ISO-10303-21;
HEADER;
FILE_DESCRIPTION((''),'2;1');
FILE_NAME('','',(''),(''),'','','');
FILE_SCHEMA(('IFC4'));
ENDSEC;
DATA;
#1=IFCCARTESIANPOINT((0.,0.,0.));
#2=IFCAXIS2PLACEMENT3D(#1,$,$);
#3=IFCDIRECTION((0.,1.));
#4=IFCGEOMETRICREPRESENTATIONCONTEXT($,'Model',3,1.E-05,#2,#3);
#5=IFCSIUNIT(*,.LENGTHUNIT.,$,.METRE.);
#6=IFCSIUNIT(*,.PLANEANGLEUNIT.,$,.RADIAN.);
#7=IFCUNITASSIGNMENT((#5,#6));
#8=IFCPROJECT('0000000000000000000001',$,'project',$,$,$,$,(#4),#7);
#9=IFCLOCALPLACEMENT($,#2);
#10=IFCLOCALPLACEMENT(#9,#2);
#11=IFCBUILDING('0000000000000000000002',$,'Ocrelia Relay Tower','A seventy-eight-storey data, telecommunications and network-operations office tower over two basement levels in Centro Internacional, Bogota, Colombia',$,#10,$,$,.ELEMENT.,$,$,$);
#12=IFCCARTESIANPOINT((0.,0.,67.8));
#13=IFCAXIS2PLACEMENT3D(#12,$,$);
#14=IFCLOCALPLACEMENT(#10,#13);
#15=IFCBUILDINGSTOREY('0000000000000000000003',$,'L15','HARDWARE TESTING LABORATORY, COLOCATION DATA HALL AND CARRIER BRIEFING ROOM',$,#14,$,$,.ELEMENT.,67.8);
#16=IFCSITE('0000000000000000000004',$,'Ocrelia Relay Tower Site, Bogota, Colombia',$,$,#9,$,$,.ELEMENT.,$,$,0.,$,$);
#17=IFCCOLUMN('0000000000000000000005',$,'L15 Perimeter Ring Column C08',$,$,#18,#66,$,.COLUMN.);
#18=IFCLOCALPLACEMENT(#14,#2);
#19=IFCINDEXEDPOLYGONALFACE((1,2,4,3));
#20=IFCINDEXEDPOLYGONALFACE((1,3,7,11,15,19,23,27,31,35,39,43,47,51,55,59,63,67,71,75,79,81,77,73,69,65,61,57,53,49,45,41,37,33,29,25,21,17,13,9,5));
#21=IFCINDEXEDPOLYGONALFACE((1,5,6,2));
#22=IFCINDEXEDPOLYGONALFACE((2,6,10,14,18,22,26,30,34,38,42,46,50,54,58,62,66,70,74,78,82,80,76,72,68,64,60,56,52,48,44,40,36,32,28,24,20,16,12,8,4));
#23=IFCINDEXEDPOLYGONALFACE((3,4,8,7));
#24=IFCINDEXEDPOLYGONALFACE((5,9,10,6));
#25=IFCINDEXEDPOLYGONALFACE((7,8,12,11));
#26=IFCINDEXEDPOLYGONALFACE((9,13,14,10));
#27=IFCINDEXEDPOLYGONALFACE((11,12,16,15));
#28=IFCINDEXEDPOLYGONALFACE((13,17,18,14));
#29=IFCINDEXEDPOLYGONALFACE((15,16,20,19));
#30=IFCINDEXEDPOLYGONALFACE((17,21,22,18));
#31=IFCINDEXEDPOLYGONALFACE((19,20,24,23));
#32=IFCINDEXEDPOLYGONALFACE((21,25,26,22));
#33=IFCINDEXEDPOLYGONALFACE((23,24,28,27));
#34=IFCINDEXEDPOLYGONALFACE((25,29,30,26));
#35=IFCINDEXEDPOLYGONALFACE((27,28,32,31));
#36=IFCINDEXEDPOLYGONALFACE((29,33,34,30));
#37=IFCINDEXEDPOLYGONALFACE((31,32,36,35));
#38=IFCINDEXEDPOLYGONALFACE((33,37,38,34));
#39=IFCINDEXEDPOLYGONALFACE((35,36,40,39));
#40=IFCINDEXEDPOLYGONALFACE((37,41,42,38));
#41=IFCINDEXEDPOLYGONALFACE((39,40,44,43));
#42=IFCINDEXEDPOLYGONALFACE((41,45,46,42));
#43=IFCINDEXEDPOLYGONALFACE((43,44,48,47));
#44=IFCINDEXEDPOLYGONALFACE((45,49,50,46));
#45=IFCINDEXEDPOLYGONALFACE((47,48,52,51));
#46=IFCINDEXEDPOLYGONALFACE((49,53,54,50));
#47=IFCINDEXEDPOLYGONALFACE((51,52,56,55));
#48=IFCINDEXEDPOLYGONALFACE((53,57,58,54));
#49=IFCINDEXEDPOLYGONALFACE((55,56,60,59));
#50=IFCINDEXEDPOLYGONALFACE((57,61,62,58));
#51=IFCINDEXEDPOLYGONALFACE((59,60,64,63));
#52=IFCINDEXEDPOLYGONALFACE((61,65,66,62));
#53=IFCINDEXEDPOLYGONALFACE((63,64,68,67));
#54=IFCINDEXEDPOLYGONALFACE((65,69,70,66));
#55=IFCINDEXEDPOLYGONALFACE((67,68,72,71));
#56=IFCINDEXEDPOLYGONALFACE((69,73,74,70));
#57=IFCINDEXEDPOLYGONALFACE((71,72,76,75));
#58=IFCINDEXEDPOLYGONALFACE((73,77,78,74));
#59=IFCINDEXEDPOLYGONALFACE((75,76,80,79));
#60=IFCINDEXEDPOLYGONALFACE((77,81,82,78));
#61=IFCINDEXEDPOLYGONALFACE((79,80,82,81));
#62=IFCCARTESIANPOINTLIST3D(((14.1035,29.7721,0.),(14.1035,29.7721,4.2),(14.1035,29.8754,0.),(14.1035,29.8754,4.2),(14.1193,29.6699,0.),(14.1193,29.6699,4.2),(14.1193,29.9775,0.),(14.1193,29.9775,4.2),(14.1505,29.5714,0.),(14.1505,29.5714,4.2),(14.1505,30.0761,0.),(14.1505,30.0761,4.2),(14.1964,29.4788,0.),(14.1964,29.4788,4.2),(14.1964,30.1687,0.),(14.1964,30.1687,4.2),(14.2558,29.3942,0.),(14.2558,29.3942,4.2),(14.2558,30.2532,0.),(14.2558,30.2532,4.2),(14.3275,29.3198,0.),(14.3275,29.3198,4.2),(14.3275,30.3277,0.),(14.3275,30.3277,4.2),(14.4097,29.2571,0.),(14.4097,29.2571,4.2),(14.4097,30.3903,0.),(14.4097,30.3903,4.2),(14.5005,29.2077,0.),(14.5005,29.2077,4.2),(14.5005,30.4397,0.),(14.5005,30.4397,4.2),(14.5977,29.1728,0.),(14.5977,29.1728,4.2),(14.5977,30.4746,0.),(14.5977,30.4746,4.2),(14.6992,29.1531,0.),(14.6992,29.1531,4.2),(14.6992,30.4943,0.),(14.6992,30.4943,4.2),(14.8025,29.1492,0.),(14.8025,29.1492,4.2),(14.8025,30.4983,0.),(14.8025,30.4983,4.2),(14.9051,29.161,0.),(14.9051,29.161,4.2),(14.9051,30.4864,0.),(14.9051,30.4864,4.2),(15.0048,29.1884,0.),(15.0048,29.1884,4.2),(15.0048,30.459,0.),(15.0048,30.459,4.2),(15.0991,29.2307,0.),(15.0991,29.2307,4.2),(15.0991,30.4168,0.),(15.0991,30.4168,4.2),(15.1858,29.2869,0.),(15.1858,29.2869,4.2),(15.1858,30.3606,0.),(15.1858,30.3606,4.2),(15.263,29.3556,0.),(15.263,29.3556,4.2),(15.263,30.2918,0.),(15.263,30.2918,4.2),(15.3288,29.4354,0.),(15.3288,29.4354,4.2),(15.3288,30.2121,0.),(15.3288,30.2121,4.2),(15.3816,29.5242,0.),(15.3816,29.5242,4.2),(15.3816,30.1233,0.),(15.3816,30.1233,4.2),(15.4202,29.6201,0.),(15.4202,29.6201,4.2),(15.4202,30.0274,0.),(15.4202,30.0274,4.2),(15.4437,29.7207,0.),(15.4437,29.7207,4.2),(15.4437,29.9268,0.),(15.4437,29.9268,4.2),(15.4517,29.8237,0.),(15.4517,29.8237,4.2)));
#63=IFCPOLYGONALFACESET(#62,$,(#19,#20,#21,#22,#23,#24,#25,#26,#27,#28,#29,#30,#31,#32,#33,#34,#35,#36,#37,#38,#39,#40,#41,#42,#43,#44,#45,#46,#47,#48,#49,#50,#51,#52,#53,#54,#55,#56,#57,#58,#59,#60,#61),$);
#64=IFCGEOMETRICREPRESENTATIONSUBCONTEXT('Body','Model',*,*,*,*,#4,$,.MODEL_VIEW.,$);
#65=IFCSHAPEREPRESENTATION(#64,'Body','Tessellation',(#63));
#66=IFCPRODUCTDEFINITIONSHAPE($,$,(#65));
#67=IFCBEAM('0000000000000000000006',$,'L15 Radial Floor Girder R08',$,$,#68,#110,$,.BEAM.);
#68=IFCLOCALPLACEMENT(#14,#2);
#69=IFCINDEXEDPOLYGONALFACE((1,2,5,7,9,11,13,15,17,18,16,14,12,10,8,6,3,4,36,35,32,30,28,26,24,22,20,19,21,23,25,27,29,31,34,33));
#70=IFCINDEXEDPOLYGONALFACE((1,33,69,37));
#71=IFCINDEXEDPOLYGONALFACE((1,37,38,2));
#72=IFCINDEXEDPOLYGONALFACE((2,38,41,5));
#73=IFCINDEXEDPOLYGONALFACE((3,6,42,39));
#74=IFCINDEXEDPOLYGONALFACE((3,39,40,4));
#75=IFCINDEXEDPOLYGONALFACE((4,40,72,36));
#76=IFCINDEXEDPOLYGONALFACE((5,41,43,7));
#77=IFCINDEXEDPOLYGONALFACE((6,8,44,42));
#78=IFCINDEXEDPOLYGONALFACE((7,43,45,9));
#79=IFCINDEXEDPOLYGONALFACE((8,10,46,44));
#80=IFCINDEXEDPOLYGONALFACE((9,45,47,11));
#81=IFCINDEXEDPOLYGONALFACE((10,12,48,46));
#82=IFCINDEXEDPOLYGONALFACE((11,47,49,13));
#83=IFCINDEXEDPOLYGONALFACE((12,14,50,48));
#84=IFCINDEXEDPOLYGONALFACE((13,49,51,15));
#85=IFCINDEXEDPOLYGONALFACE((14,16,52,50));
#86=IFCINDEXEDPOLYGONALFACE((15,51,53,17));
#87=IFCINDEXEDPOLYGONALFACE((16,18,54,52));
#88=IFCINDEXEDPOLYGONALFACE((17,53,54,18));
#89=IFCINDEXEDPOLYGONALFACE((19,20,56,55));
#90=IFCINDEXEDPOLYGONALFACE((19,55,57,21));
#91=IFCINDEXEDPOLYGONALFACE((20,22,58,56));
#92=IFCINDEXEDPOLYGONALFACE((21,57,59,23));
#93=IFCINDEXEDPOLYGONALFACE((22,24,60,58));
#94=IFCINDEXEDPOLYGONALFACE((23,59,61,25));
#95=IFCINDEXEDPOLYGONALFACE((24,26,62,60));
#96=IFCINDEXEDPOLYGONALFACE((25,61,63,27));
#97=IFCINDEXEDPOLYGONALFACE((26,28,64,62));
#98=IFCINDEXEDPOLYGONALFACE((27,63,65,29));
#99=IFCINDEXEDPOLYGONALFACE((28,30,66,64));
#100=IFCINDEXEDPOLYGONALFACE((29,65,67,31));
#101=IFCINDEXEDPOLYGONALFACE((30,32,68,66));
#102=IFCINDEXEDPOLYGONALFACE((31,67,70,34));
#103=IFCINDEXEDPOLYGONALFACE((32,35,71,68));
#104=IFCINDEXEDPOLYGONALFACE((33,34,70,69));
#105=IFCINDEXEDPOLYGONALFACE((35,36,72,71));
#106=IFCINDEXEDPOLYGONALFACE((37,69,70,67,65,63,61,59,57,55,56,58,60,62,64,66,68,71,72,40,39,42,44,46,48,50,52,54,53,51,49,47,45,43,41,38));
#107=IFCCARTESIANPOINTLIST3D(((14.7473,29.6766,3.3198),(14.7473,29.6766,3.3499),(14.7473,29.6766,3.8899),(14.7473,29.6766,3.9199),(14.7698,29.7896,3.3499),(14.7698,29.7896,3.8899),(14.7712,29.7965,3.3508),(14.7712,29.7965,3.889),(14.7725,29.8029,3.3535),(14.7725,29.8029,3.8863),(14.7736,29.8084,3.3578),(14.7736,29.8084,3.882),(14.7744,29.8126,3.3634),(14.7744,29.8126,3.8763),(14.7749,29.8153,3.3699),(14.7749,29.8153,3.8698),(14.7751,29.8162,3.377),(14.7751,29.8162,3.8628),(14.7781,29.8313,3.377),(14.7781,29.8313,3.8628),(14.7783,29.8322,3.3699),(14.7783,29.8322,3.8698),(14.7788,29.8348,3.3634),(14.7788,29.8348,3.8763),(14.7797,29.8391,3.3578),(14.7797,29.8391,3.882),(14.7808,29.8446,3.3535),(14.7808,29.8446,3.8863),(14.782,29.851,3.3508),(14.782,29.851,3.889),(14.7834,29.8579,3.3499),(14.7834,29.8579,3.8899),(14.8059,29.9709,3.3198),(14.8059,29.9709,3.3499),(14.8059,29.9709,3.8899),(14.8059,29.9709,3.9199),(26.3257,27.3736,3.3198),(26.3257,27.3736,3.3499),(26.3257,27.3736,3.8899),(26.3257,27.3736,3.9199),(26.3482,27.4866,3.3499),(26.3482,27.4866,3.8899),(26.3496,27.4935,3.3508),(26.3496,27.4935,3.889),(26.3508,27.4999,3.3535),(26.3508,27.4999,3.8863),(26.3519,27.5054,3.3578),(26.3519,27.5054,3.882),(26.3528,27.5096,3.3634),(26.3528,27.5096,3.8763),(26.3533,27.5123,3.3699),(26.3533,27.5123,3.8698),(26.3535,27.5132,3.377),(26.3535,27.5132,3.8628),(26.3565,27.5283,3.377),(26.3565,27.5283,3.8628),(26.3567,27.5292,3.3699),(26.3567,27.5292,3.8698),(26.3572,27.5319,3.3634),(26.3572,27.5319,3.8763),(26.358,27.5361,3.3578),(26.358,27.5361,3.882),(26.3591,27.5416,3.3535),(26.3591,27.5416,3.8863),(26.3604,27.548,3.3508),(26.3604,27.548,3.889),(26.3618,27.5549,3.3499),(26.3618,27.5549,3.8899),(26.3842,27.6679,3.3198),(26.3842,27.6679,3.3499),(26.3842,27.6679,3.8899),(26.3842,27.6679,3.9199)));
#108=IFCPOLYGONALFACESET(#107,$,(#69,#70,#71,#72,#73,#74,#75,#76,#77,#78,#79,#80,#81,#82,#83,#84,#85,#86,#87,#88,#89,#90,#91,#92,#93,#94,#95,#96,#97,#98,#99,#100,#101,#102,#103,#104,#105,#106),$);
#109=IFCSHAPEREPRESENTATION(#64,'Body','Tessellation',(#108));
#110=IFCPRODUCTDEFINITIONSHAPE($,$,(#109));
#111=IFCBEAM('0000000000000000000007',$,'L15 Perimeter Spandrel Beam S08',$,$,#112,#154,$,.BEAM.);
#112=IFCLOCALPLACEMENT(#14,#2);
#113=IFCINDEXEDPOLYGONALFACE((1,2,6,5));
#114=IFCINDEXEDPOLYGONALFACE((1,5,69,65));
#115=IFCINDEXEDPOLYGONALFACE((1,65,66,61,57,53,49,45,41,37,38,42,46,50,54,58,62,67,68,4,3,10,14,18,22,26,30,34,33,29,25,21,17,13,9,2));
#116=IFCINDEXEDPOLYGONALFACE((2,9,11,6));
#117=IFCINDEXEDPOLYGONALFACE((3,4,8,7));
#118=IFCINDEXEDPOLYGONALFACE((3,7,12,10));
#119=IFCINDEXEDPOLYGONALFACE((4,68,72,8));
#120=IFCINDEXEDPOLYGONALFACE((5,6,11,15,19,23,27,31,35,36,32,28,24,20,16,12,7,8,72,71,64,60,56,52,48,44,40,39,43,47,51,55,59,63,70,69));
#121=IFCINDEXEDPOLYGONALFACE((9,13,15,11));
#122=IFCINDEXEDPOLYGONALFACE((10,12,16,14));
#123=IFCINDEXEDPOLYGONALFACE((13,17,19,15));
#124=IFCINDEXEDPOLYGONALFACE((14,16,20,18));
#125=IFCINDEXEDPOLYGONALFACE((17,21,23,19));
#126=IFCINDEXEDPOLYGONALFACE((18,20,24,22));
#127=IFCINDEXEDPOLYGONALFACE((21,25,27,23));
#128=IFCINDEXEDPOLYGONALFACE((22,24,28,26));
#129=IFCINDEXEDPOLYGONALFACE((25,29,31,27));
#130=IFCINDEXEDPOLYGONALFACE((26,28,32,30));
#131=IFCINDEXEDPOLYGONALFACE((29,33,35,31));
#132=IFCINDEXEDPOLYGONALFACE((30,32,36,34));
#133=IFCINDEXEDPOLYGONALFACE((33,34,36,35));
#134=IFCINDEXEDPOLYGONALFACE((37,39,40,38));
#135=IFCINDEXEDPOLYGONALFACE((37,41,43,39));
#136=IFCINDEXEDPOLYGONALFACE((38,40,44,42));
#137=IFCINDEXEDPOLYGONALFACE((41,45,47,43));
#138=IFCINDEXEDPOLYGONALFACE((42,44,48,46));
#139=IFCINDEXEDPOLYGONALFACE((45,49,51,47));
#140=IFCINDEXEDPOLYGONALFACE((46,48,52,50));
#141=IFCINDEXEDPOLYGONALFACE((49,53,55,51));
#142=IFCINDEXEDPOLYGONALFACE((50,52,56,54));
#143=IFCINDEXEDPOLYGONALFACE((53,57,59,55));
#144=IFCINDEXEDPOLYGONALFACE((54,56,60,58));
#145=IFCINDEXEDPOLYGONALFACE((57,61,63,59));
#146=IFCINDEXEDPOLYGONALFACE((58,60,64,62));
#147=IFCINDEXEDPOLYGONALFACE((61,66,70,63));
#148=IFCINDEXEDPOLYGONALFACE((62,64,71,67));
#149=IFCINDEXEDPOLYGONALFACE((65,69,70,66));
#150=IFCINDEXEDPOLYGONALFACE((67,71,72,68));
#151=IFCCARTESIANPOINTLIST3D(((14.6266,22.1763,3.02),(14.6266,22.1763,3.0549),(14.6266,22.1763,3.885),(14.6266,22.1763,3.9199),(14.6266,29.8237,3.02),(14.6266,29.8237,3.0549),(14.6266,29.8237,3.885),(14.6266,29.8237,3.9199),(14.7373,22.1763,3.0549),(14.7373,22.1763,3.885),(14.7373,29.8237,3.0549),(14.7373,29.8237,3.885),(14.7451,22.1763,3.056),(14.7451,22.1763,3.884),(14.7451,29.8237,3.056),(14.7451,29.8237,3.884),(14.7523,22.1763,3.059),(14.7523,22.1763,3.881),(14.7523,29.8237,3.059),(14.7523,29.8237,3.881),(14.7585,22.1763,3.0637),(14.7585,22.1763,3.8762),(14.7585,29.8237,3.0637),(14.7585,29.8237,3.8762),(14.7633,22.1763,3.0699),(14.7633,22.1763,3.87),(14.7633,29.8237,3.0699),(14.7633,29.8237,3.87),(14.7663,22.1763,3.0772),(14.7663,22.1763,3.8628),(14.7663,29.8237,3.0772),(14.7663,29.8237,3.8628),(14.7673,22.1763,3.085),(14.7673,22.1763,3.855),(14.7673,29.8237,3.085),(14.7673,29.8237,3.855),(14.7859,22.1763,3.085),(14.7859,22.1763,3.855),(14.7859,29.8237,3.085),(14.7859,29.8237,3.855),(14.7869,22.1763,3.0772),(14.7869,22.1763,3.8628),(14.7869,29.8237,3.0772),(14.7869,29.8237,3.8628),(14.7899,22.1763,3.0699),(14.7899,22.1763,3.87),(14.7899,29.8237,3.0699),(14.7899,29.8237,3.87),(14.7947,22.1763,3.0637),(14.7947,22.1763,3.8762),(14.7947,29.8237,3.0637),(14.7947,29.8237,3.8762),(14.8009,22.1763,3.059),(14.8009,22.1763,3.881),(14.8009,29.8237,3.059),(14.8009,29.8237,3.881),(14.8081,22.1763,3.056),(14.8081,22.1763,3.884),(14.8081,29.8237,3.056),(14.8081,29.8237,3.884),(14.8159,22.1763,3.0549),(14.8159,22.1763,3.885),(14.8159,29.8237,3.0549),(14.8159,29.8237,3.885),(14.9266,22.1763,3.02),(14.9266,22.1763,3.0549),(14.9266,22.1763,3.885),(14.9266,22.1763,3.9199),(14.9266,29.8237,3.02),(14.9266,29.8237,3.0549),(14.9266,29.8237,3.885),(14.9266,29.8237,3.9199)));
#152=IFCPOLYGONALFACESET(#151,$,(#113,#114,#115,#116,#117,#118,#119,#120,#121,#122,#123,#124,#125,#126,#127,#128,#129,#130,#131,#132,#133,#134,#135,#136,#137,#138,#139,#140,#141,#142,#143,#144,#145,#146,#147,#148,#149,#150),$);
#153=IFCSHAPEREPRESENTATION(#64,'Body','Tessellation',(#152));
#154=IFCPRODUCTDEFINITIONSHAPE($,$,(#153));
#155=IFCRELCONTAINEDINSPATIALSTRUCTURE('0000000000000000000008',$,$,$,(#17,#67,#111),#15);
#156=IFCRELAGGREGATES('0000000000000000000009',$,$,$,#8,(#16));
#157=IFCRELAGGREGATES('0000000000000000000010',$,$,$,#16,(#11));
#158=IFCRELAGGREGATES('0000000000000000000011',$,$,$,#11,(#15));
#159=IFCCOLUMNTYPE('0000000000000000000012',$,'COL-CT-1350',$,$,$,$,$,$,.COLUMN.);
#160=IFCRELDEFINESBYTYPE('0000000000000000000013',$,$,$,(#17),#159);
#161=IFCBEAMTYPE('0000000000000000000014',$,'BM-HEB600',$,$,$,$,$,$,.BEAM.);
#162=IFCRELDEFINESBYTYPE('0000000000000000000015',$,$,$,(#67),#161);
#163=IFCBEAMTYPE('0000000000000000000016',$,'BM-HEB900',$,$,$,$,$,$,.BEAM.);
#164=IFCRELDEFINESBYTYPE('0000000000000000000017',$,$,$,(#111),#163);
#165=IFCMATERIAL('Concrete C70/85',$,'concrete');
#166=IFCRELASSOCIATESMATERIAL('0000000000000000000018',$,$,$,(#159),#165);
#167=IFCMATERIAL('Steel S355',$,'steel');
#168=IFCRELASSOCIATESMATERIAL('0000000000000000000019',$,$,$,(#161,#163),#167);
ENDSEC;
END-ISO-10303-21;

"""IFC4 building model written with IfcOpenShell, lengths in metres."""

from ifc_helpers import new_model, si_unit, direction, frame, origin, origin_2d, place, context, subcontext, project, spatial, circle, i_section, extrude, material, material_profile, profile_set, type_object, element, save


model = new_model("IFC4")

# Units and contexts
model_context = context("Model", 3, precision=1e-05, world=origin(), true_north=direction((0.0, 1.0)))
body_context = subcontext(model_context, "Body", "Model", "MODEL_VIEW")
ifc_project = project(units=[si_unit("LENGTHUNIT", "METRE"), si_unit("PLANEANGLEUNIT", "RADIAN")], contexts=[model_context])

# Site, building, storey
site_placement = place(None, origin())
site = spatial("IfcSite", under=ifc_project, at=site_placement, Name="Ocrelia Relay Tower Site, Bogota, Colombia", CompositionType="ELEMENT", RefElevation=0.0)
building_placement = place(site_placement, origin())
building = spatial("IfcBuilding", under=site, at=building_placement, Name="Ocrelia Relay Tower", Description="A seventy-eight-storey data, telecommunications and network-operations office tower over two basement levels in Centro Internacional, Bogota, Colombia", CompositionType="ELEMENT")
storey_placement = place(building_placement, frame((0.0, 0.0, 67.8)))
storey = spatial("IfcBuildingStorey", under=building, at=storey_placement, Name="L15", Description="HARDWARE TESTING LABORATORY, COLOCATION DATA HALL AND CARRIER BRIEFING ROOM", CompositionType="ELEMENT", Elevation=67.8)

# Column
ifc_material_1 = material(Name="Concrete C70/85", Category="concrete")
ifc_material_profile_1 = material_profile(ifc_material_1, circle(Radius=0.675, at=origin_2d()), Name="RC-CIR-1350")
ifc_profile_set_1 = profile_set([ifc_material_profile_1], Name="Concrete C70/85")
column_type = type_object("IfcColumnType", Name="COL-CT-1350", PredefinedType="COLUMN", material=ifc_profile_set_1)
column_placement = place(storey_placement, frame((14.7766, 29.8237, 0.0), z_axis=(0.0, 0.0, 1.0), x_axis=(1.0, 0.0, 0.0)))
element("IfcColumn", 1, at=column_placement, inside=storey, type_object=column_type, Name="L15 Perimeter Ring Column C08", PredefinedType="COLUMN", context=body_context, shape_type="SweptSolid", body=[
    extrude(circle(Radius=0.675, at=origin_2d()), origin(), (0.0, 0.0, 1.0), 4.2),
])

# Beams
ifc_material_2 = material(Name="Steel S355", Category="steel")
ifc_material_profile_2 = material_profile(ifc_material_2, i_section(OverallWidth=0.3, OverallDepth=0.6001, WebThickness=0.0154, FlangeThickness=0.03, FilletRadius=0.0271, at=origin_2d()), Name="HEB 600")
ifc_profile_set_2 = profile_set([ifc_material_profile_2], Name="Steel S355")
beam_type_1 = type_object("IfcBeamType", Name="BM-HEB600", PredefinedType="BEAM", material=ifc_profile_set_2)
beam_1_placement = place(storey_placement, frame((14.7766, 29.8237, 3.6199), z_axis=(0.980787, -0.195082, 0.0), x_axis=(0.195082, 0.980787, 0.0)))
element("IfcBeam", 2, at=beam_1_placement, inside=storey, type_object=beam_type_1, Name="L15 Radial Floor Girder R08", PredefinedType="BEAM", context=body_context, shape_type="SweptSolid", body=[
    extrude(i_section(OverallWidth=0.3, OverallDepth=0.6001, WebThickness=0.0154, FlangeThickness=0.03, FilletRadius=0.0271, at=origin_2d()), origin(), (0.0, 0.0, 1.0), 11.8052),
])
ifc_material_profile_3 = material_profile(ifc_material_2, i_section(OverallWidth=0.3, OverallDepth=0.8999, WebThickness=0.0186, FlangeThickness=0.0349, FilletRadius=0.03, at=origin_2d()), Name="HEB 900")
ifc_profile_set_3 = profile_set([ifc_material_profile_3], Name="Steel S355")
beam_type_2 = type_object("IfcBeamType", Name="BM-HEB900", PredefinedType="BEAM", material=ifc_profile_set_3)
beam_2_placement = place(storey_placement, frame((14.7766, 29.8237, 3.47), z_axis=(0.0, -1.0, 0.0), x_axis=(1.0, 0.0, 0.0)))
element("IfcBeam", 3, at=beam_2_placement, inside=storey, type_object=beam_type_2, Name="L15 Perimeter Spandrel Beam S08", PredefinedType="BEAM", context=body_context, shape_type="SweptSolid", body=[
    extrude(i_section(OverallWidth=0.3, OverallDepth=0.8999, WebThickness=0.0186, FlangeThickness=0.0349, FilletRadius=0.03, at=origin_2d()), origin(), (0.0, 0.0, 1.0), 7.6475),
])

save(model, "model.ifc")
